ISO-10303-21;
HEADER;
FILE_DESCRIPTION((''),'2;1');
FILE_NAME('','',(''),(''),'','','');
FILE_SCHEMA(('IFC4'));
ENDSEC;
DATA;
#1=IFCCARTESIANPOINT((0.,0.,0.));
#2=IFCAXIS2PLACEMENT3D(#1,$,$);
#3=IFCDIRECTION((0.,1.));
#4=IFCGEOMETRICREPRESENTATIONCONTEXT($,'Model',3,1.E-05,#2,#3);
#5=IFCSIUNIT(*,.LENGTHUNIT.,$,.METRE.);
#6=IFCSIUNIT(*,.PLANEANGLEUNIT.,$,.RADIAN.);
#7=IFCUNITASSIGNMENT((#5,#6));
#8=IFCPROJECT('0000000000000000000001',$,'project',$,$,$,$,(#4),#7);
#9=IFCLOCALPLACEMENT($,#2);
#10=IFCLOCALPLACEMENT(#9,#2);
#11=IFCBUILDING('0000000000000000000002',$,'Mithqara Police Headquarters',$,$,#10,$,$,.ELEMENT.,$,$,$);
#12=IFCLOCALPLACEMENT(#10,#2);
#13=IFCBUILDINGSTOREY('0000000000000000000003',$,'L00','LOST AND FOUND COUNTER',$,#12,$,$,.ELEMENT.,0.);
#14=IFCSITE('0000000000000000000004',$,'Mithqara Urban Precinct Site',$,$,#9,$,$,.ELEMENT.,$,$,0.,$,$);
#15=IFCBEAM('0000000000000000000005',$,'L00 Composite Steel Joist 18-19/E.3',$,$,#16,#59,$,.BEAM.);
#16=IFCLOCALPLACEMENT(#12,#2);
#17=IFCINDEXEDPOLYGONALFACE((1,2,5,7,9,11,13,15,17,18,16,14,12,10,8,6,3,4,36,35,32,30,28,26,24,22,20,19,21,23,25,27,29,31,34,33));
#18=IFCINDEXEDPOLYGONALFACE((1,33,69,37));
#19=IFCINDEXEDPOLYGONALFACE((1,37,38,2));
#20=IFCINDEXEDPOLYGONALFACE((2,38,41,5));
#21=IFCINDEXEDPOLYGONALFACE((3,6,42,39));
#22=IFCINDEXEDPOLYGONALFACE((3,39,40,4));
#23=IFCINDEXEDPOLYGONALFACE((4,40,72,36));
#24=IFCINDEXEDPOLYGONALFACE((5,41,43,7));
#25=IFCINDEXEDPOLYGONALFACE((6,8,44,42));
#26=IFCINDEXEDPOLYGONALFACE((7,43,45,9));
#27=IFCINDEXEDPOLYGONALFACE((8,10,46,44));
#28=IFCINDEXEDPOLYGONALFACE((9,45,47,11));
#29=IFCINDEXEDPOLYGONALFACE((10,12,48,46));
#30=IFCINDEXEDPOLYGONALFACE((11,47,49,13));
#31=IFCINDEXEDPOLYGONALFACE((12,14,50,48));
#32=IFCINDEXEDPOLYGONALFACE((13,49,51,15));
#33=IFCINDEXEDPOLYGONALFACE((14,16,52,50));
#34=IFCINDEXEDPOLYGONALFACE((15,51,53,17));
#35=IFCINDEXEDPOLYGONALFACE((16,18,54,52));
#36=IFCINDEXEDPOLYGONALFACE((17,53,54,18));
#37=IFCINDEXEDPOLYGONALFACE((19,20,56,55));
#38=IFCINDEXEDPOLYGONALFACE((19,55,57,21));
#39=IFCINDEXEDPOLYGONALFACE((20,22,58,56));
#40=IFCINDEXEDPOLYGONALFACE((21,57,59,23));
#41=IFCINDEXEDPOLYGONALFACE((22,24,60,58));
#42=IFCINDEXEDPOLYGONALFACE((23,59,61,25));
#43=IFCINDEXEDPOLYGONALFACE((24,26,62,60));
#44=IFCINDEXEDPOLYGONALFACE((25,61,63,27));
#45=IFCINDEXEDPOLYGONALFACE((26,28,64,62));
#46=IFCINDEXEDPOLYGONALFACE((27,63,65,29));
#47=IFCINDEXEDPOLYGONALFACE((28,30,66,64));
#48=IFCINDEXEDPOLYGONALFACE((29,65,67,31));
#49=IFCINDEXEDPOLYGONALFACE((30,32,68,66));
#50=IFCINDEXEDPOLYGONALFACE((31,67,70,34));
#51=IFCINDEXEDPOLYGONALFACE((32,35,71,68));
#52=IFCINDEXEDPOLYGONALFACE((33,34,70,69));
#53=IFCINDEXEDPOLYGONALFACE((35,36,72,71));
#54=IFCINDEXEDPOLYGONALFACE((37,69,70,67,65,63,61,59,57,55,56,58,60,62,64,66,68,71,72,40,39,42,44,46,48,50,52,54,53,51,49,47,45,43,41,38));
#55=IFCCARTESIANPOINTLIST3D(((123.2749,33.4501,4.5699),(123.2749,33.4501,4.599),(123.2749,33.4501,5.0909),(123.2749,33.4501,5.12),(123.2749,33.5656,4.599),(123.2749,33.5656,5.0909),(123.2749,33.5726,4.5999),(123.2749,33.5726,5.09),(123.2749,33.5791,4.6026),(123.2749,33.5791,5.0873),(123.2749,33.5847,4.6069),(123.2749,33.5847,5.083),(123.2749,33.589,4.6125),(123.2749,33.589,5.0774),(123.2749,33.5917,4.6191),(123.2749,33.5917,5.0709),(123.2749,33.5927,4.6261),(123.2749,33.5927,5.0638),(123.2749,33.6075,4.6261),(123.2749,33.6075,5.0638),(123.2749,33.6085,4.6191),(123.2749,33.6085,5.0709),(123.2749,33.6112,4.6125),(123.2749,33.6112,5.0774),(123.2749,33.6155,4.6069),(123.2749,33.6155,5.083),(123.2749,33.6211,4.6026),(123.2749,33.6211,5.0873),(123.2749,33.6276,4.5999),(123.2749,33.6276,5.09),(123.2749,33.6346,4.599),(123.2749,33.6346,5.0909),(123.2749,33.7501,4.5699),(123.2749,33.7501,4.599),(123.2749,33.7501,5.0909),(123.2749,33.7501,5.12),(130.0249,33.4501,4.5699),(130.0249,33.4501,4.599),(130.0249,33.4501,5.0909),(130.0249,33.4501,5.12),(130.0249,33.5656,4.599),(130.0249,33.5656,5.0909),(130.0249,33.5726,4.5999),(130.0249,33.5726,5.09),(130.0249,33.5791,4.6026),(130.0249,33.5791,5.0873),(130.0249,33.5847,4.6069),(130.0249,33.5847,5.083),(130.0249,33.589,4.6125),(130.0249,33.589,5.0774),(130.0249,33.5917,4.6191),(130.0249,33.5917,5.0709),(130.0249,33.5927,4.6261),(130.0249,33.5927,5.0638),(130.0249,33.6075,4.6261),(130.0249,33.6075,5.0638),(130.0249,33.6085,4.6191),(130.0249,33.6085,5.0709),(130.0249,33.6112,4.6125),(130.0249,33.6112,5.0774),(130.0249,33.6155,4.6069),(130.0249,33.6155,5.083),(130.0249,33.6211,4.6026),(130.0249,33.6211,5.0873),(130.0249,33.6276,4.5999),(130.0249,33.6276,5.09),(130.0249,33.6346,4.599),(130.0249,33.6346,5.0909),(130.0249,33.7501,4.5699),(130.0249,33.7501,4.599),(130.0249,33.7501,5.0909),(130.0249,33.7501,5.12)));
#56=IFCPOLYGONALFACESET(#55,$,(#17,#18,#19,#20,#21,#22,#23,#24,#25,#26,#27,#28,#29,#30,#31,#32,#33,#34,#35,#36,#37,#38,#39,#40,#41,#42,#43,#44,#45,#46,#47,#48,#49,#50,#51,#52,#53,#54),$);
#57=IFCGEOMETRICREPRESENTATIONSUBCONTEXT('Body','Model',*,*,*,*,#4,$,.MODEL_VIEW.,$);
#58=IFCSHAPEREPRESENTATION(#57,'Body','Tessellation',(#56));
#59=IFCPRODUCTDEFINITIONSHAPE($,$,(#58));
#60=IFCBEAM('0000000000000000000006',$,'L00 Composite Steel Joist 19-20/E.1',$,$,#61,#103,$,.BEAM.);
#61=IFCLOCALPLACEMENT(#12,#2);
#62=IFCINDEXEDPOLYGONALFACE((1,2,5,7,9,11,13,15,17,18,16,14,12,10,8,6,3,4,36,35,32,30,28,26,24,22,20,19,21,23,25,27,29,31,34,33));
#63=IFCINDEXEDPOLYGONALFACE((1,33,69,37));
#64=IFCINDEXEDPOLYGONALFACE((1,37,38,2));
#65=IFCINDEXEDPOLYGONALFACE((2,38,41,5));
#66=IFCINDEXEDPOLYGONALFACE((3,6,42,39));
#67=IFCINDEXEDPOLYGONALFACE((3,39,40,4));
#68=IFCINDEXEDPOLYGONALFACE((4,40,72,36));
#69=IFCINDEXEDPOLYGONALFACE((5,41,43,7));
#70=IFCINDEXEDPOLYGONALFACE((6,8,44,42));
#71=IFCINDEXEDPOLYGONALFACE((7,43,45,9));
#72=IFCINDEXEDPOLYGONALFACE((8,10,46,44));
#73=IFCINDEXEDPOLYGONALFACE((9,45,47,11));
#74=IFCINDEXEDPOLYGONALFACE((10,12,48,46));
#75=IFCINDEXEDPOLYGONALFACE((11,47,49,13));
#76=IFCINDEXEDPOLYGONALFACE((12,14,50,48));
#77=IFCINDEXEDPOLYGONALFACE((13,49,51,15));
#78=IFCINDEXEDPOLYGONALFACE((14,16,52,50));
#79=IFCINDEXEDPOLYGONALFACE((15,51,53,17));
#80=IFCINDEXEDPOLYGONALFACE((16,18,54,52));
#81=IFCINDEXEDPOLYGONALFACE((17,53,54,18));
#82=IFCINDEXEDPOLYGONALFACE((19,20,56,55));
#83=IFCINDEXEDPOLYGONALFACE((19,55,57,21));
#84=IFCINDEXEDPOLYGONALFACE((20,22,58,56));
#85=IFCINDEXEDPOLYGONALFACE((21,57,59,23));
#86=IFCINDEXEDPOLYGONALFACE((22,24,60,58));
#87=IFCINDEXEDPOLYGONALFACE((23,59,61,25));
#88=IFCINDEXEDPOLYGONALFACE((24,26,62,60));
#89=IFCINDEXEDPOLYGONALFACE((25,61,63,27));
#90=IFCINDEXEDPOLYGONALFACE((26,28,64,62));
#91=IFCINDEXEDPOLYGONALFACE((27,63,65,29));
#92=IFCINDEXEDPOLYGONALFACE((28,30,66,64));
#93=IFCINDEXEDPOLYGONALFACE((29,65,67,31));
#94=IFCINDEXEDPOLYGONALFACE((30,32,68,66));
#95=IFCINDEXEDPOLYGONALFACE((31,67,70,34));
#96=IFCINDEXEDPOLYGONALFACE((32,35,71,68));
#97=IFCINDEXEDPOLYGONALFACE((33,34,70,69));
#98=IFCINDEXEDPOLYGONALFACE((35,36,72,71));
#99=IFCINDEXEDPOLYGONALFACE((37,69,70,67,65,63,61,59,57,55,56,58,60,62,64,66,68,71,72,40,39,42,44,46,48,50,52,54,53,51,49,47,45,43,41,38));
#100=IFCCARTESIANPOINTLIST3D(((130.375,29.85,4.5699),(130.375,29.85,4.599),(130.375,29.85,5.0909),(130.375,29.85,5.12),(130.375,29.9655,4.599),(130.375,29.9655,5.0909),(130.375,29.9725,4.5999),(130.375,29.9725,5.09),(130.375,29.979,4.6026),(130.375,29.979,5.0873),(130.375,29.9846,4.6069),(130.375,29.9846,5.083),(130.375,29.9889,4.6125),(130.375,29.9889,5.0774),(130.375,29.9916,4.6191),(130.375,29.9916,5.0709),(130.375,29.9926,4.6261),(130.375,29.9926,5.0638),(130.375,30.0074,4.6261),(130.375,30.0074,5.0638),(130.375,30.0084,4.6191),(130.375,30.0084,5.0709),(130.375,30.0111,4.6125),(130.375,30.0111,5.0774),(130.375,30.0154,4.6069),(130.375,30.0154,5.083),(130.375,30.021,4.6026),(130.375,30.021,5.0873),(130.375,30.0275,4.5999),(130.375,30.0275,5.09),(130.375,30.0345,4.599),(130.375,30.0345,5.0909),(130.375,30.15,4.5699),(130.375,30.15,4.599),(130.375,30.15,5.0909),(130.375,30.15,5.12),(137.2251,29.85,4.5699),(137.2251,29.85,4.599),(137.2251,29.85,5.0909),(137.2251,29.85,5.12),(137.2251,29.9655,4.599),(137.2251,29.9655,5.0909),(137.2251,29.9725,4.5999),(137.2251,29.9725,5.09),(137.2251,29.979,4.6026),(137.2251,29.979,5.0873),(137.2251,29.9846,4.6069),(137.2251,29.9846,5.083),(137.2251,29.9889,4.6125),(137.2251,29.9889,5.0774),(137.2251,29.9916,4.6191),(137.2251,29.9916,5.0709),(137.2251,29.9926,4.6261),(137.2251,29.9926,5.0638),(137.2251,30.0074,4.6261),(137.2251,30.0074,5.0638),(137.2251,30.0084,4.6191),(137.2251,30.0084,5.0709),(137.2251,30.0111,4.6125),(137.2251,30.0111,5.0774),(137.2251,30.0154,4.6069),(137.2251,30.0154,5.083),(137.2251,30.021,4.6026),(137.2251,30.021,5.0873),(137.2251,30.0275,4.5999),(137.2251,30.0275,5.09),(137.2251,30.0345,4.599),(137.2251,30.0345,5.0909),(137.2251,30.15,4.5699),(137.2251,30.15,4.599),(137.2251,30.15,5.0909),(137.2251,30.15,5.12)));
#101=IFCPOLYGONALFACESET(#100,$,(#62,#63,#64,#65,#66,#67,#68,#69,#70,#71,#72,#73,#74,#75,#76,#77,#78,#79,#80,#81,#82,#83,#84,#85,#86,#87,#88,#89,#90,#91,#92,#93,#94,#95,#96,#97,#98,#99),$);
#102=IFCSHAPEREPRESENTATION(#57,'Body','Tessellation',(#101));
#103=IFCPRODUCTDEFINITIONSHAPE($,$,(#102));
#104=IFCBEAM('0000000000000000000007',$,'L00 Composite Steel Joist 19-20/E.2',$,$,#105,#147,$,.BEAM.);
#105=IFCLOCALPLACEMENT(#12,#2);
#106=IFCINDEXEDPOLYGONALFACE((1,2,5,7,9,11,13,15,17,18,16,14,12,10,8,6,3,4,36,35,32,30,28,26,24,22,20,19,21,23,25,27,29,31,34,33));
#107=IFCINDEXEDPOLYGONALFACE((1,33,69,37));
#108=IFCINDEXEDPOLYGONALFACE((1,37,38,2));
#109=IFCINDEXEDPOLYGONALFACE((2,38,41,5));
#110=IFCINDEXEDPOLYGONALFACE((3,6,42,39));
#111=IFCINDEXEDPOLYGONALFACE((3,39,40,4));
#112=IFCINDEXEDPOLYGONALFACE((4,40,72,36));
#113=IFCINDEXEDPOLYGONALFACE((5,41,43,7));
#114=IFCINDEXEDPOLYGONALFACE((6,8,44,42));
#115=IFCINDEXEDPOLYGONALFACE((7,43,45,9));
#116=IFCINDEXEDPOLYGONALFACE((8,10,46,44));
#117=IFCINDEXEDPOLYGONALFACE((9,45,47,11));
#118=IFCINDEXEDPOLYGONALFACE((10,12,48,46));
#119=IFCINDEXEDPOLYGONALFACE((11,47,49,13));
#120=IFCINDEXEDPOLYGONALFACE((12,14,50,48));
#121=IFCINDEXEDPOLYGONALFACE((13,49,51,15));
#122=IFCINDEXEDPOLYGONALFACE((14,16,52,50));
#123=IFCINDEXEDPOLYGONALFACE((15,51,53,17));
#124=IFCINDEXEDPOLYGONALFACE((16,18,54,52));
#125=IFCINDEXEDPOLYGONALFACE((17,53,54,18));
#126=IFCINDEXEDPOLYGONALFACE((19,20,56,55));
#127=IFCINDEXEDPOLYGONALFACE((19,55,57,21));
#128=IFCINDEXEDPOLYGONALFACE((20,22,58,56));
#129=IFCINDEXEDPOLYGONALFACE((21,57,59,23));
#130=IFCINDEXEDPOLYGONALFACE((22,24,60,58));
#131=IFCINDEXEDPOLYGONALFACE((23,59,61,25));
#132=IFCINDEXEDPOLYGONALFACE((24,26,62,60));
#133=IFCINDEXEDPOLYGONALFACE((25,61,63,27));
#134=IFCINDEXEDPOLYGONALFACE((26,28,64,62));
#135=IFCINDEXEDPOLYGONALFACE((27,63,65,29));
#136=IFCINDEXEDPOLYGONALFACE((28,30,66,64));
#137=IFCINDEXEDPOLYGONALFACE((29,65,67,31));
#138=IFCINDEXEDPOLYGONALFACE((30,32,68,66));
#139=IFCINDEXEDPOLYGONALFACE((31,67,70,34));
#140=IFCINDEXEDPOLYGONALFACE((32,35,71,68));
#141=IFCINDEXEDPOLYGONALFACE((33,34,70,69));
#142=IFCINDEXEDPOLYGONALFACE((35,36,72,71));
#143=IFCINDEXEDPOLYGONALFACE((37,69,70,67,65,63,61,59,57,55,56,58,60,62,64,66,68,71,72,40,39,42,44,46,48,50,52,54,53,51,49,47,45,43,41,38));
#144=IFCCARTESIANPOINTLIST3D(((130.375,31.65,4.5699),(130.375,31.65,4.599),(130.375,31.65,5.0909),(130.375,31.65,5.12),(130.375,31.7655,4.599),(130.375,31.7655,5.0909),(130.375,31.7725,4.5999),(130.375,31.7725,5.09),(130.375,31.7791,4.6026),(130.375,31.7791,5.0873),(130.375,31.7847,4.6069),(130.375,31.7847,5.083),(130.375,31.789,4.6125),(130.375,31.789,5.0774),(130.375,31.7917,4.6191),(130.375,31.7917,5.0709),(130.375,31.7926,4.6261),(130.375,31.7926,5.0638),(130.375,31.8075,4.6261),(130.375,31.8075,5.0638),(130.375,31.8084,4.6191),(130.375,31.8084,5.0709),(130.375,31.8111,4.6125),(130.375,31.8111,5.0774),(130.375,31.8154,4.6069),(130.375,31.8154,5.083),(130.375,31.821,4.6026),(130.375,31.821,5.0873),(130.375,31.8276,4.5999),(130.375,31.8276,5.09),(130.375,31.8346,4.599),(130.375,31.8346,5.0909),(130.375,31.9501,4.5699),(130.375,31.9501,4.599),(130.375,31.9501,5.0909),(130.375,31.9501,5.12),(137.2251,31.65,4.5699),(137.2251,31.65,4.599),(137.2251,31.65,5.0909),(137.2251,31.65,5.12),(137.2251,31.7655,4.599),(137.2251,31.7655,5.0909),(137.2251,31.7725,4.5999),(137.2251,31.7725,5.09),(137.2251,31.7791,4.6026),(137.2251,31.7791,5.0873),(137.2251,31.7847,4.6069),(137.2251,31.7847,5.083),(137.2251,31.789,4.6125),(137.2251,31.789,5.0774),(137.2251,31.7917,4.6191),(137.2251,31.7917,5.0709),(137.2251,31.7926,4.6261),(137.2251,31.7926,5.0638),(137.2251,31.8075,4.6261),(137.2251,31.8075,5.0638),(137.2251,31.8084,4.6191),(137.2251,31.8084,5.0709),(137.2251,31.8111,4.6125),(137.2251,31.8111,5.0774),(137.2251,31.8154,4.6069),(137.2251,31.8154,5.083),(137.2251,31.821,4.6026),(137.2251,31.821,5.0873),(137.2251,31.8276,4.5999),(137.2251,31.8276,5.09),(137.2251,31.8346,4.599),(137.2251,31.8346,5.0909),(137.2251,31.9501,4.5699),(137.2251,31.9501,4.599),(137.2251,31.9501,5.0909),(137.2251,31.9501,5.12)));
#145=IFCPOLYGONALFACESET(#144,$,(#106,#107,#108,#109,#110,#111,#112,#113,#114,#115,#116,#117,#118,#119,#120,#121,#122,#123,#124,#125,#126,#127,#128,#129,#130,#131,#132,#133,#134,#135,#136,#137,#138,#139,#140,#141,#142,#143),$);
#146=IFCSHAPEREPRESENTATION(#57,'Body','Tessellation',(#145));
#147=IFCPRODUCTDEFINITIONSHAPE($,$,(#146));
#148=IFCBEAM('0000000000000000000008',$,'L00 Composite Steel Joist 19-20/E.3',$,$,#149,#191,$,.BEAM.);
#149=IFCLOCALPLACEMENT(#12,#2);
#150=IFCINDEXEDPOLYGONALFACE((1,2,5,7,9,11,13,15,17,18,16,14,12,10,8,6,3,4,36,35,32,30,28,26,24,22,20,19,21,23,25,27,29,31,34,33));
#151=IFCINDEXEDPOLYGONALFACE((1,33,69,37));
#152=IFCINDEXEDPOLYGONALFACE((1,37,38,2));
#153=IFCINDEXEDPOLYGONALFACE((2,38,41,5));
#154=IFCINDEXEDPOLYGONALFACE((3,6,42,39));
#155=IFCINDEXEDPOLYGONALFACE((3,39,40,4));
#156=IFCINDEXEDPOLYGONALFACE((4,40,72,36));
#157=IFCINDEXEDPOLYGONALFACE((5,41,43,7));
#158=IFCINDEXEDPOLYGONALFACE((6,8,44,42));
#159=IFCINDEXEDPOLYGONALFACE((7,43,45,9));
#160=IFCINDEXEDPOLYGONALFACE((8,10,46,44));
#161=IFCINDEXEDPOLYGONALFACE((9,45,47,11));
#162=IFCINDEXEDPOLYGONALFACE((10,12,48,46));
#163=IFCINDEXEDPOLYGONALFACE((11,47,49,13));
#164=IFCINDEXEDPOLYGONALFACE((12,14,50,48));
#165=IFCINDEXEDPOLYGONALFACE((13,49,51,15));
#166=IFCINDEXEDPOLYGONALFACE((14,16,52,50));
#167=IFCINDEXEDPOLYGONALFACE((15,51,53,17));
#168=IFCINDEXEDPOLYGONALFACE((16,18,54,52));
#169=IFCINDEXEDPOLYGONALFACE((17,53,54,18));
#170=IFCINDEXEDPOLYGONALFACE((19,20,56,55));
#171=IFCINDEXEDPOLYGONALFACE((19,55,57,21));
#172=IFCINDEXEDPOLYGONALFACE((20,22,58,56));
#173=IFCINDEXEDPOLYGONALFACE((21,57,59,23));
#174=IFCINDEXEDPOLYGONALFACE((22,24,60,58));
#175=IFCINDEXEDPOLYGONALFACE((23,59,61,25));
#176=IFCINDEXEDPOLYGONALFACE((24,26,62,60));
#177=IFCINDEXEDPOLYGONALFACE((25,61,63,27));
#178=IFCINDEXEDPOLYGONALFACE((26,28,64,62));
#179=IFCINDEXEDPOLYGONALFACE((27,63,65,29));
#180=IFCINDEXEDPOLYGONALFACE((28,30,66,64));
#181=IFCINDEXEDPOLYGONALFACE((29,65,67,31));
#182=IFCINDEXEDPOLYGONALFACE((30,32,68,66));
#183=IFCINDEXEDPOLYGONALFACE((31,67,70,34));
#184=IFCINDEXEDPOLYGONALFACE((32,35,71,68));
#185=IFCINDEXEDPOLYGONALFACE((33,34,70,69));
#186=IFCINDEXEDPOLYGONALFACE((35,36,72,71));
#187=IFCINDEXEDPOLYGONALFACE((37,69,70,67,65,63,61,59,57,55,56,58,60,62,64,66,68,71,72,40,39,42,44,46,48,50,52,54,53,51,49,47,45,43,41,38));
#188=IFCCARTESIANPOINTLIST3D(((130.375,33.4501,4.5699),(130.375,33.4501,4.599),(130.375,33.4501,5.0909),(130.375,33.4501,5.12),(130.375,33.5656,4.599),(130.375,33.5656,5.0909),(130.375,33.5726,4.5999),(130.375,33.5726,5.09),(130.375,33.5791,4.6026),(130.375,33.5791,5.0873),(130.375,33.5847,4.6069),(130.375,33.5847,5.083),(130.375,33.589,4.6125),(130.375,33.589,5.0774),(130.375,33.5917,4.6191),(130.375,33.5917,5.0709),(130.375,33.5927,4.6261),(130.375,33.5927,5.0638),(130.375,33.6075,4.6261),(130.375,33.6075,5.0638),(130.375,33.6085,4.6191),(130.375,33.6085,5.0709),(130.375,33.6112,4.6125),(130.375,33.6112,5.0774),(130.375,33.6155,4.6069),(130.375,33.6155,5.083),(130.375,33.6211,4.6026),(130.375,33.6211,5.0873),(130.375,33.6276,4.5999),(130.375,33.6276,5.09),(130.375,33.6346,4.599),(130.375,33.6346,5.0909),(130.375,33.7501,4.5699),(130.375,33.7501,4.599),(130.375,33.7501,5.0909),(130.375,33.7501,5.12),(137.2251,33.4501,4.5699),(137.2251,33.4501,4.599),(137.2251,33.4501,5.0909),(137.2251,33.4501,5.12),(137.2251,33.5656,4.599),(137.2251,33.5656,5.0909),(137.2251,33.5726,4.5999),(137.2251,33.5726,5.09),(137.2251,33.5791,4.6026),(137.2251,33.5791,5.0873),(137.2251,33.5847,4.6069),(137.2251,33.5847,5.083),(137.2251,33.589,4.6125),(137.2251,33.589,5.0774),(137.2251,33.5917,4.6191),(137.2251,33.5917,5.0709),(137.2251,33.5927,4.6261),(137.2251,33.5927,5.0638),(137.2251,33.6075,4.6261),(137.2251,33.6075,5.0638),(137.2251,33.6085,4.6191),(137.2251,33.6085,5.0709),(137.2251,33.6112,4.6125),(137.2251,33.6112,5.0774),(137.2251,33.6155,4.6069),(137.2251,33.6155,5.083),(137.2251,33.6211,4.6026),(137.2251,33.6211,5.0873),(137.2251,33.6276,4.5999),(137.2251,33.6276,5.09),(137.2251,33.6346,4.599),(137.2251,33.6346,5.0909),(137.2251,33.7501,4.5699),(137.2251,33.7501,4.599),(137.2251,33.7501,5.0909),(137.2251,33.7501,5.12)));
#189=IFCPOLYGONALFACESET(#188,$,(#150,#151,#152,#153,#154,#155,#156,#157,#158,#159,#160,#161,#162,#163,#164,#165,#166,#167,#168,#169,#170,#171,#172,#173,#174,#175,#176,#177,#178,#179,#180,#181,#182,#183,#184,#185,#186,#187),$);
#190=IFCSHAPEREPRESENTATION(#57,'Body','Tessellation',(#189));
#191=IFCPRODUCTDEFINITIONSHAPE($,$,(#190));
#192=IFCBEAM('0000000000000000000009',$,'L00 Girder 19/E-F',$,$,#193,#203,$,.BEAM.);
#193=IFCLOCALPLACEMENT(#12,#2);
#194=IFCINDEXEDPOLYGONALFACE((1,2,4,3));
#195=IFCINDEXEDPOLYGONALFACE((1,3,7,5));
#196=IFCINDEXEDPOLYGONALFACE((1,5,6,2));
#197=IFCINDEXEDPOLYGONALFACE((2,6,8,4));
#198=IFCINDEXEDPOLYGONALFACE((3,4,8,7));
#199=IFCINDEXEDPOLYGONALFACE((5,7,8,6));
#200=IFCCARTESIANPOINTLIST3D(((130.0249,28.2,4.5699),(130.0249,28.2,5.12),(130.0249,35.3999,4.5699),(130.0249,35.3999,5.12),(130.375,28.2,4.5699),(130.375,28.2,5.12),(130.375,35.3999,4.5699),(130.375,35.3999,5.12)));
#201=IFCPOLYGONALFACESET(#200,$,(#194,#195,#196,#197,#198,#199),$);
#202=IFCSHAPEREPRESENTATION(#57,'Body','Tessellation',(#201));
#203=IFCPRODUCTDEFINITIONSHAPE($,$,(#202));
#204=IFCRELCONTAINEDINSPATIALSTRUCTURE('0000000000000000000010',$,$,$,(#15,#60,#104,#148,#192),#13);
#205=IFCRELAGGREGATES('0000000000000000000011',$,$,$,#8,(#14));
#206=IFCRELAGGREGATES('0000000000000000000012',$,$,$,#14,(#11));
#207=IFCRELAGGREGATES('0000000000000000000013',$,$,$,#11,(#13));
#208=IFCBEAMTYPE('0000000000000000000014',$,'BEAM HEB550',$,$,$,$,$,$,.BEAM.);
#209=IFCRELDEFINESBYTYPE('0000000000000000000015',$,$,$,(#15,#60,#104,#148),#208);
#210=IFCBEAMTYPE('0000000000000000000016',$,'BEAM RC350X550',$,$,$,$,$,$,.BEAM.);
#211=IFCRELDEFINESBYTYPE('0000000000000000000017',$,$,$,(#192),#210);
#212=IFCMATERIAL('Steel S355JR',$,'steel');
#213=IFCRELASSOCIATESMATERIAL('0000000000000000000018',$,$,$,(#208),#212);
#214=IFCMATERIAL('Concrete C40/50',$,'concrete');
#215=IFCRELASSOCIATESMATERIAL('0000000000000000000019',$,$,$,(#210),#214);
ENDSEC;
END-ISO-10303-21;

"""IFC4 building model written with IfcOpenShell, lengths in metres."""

from ifc_helpers import new_model, si_unit, direction, frame, origin, origin_2d, place, context, subcontext, project, spatial, rectangle, i_section, extrude, material, material_profile, profile_set, type_object, element, save


model = new_model("IFC4")

# Units and contexts
model_context = context("Model", 3, precision=1e-05, world=origin(), true_north=direction((0.0, 1.0)))
body_context = subcontext(model_context, "Body", "Model", "MODEL_VIEW")
ifc_project = project(units=[si_unit("LENGTHUNIT", "METRE"), si_unit("PLANEANGLEUNIT", "RADIAN")], contexts=[model_context])

# Site, building, storey
site_placement = place(None, origin())
site = spatial("IfcSite", under=ifc_project, at=site_placement, Name="Mithqara Urban Precinct Site", CompositionType="ELEMENT", RefElevation=0.0)
building_placement = place(site_placement, origin())
building = spatial("IfcBuilding", under=site, at=building_placement, Name="Mithqara Police Headquarters", CompositionType="ELEMENT")
storey_placement = place(building_placement, origin())
storey = spatial("IfcBuildingStorey", under=building, at=storey_placement, Name="L00", Description="LOST AND FOUND COUNTER", CompositionType="ELEMENT", Elevation=0.0)

# Beams
ifc_material_1 = material(Name="Steel S355JR", Category="steel")
ifc_material_profile_1 = material_profile(ifc_material_1, i_section(OverallWidth=0.3, OverallDepth=0.55, WebThickness=0.0149, FlangeThickness=0.0291, FilletRadius=0.0271, at=origin_2d()), Name="HEB 550")
ifc_profile_set_1 = profile_set([ifc_material_profile_1], Name="Steel S355JR")
beam_type_1 = type_object("IfcBeamType", Name="BEAM HEB550", PredefinedType="BEAM", material=ifc_profile_set_1)
for number, where, z_axis, x_axis, name in (
    (1, (123.2749, 33.6001, 4.845), (1.0, 0.0, 0.0), (0.0, 1.0, 0.0), "L00 Composite Steel Joist 18-19/E.3"),
):
    element("IfcBeam", number, at=place(storey_placement, frame(where, z_axis=z_axis, x_axis=x_axis)), inside=storey, type_object=beam_type_1, Name=name, PredefinedType="BEAM", context=body_context, shape_type="SweptSolid", body=[
        extrude(i_section(OverallWidth=0.3, OverallDepth=0.55, WebThickness=0.0149, FlangeThickness=0.0291, FilletRadius=0.0271, at=origin_2d()), origin(), (0.0, 0.0, 1.0), 6.75),
    ])
for number, where, z_axis, x_axis, name in (
    (2, (130.375, 30.0, 4.845), (1.0, 0.0, 0.0), (0.0, 1.0, 0.0), "L00 Composite Steel Joist 19-20/E.1"),
    (3, (130.375, 31.8, 4.845), (1.0, 0.0, 0.0), (0.0, 1.0, 0.0), "L00 Composite Steel Joist 19-20/E.2"),
    (4, (130.375, 33.6001, 4.845), (1.0, 0.0, 0.0), (0.0, 1.0, 0.0), "L00 Composite Steel Joist 19-20/E.3"),
):
    element("IfcBeam", number, at=place(storey_placement, frame(where, z_axis=z_axis, x_axis=x_axis)), inside=storey, type_object=beam_type_1, Name=name, PredefinedType="BEAM", context=body_context, shape_type="SweptSolid", body=[
        extrude(i_section(OverallWidth=0.3, OverallDepth=0.55, WebThickness=0.0149, FlangeThickness=0.0291, FilletRadius=0.0271, at=origin_2d()), origin(), (0.0, 0.0, 1.0), 6.8501),
    ])
ifc_material_2 = material(Name="Concrete C40/50", Category="concrete")
ifc_material_profile_2 = material_profile(ifc_material_2, rectangle(XDim=0.3501, YDim=0.55, at=origin_2d()), Name="RC 350x550")
ifc_profile_set_2 = profile_set([ifc_material_profile_2], Name="Concrete C40/50")
beam_type_2 = type_object("IfcBeamType", Name="BEAM RC350X550", PredefinedType="BEAM", material=ifc_profile_set_2)
beam_1_placement = place(storey_placement, frame((130.2, 28.2, 4.845), z_axis=(0.0, 1.0, 0.0), x_axis=(-1.0, 0.0, 0.0)))
element("IfcBeam", 5, at=beam_1_placement, inside=storey, type_object=beam_type_2, Name="L00 Girder 19/E-F", PredefinedType="BEAM", context=body_context, shape_type="SweptSolid", body=[
    extrude(rectangle(XDim=0.3501, YDim=0.55, at=origin_2d()), origin(), (0.0, 0.0, 1.0), 7.2),
])

save(model, "model.ifc")
